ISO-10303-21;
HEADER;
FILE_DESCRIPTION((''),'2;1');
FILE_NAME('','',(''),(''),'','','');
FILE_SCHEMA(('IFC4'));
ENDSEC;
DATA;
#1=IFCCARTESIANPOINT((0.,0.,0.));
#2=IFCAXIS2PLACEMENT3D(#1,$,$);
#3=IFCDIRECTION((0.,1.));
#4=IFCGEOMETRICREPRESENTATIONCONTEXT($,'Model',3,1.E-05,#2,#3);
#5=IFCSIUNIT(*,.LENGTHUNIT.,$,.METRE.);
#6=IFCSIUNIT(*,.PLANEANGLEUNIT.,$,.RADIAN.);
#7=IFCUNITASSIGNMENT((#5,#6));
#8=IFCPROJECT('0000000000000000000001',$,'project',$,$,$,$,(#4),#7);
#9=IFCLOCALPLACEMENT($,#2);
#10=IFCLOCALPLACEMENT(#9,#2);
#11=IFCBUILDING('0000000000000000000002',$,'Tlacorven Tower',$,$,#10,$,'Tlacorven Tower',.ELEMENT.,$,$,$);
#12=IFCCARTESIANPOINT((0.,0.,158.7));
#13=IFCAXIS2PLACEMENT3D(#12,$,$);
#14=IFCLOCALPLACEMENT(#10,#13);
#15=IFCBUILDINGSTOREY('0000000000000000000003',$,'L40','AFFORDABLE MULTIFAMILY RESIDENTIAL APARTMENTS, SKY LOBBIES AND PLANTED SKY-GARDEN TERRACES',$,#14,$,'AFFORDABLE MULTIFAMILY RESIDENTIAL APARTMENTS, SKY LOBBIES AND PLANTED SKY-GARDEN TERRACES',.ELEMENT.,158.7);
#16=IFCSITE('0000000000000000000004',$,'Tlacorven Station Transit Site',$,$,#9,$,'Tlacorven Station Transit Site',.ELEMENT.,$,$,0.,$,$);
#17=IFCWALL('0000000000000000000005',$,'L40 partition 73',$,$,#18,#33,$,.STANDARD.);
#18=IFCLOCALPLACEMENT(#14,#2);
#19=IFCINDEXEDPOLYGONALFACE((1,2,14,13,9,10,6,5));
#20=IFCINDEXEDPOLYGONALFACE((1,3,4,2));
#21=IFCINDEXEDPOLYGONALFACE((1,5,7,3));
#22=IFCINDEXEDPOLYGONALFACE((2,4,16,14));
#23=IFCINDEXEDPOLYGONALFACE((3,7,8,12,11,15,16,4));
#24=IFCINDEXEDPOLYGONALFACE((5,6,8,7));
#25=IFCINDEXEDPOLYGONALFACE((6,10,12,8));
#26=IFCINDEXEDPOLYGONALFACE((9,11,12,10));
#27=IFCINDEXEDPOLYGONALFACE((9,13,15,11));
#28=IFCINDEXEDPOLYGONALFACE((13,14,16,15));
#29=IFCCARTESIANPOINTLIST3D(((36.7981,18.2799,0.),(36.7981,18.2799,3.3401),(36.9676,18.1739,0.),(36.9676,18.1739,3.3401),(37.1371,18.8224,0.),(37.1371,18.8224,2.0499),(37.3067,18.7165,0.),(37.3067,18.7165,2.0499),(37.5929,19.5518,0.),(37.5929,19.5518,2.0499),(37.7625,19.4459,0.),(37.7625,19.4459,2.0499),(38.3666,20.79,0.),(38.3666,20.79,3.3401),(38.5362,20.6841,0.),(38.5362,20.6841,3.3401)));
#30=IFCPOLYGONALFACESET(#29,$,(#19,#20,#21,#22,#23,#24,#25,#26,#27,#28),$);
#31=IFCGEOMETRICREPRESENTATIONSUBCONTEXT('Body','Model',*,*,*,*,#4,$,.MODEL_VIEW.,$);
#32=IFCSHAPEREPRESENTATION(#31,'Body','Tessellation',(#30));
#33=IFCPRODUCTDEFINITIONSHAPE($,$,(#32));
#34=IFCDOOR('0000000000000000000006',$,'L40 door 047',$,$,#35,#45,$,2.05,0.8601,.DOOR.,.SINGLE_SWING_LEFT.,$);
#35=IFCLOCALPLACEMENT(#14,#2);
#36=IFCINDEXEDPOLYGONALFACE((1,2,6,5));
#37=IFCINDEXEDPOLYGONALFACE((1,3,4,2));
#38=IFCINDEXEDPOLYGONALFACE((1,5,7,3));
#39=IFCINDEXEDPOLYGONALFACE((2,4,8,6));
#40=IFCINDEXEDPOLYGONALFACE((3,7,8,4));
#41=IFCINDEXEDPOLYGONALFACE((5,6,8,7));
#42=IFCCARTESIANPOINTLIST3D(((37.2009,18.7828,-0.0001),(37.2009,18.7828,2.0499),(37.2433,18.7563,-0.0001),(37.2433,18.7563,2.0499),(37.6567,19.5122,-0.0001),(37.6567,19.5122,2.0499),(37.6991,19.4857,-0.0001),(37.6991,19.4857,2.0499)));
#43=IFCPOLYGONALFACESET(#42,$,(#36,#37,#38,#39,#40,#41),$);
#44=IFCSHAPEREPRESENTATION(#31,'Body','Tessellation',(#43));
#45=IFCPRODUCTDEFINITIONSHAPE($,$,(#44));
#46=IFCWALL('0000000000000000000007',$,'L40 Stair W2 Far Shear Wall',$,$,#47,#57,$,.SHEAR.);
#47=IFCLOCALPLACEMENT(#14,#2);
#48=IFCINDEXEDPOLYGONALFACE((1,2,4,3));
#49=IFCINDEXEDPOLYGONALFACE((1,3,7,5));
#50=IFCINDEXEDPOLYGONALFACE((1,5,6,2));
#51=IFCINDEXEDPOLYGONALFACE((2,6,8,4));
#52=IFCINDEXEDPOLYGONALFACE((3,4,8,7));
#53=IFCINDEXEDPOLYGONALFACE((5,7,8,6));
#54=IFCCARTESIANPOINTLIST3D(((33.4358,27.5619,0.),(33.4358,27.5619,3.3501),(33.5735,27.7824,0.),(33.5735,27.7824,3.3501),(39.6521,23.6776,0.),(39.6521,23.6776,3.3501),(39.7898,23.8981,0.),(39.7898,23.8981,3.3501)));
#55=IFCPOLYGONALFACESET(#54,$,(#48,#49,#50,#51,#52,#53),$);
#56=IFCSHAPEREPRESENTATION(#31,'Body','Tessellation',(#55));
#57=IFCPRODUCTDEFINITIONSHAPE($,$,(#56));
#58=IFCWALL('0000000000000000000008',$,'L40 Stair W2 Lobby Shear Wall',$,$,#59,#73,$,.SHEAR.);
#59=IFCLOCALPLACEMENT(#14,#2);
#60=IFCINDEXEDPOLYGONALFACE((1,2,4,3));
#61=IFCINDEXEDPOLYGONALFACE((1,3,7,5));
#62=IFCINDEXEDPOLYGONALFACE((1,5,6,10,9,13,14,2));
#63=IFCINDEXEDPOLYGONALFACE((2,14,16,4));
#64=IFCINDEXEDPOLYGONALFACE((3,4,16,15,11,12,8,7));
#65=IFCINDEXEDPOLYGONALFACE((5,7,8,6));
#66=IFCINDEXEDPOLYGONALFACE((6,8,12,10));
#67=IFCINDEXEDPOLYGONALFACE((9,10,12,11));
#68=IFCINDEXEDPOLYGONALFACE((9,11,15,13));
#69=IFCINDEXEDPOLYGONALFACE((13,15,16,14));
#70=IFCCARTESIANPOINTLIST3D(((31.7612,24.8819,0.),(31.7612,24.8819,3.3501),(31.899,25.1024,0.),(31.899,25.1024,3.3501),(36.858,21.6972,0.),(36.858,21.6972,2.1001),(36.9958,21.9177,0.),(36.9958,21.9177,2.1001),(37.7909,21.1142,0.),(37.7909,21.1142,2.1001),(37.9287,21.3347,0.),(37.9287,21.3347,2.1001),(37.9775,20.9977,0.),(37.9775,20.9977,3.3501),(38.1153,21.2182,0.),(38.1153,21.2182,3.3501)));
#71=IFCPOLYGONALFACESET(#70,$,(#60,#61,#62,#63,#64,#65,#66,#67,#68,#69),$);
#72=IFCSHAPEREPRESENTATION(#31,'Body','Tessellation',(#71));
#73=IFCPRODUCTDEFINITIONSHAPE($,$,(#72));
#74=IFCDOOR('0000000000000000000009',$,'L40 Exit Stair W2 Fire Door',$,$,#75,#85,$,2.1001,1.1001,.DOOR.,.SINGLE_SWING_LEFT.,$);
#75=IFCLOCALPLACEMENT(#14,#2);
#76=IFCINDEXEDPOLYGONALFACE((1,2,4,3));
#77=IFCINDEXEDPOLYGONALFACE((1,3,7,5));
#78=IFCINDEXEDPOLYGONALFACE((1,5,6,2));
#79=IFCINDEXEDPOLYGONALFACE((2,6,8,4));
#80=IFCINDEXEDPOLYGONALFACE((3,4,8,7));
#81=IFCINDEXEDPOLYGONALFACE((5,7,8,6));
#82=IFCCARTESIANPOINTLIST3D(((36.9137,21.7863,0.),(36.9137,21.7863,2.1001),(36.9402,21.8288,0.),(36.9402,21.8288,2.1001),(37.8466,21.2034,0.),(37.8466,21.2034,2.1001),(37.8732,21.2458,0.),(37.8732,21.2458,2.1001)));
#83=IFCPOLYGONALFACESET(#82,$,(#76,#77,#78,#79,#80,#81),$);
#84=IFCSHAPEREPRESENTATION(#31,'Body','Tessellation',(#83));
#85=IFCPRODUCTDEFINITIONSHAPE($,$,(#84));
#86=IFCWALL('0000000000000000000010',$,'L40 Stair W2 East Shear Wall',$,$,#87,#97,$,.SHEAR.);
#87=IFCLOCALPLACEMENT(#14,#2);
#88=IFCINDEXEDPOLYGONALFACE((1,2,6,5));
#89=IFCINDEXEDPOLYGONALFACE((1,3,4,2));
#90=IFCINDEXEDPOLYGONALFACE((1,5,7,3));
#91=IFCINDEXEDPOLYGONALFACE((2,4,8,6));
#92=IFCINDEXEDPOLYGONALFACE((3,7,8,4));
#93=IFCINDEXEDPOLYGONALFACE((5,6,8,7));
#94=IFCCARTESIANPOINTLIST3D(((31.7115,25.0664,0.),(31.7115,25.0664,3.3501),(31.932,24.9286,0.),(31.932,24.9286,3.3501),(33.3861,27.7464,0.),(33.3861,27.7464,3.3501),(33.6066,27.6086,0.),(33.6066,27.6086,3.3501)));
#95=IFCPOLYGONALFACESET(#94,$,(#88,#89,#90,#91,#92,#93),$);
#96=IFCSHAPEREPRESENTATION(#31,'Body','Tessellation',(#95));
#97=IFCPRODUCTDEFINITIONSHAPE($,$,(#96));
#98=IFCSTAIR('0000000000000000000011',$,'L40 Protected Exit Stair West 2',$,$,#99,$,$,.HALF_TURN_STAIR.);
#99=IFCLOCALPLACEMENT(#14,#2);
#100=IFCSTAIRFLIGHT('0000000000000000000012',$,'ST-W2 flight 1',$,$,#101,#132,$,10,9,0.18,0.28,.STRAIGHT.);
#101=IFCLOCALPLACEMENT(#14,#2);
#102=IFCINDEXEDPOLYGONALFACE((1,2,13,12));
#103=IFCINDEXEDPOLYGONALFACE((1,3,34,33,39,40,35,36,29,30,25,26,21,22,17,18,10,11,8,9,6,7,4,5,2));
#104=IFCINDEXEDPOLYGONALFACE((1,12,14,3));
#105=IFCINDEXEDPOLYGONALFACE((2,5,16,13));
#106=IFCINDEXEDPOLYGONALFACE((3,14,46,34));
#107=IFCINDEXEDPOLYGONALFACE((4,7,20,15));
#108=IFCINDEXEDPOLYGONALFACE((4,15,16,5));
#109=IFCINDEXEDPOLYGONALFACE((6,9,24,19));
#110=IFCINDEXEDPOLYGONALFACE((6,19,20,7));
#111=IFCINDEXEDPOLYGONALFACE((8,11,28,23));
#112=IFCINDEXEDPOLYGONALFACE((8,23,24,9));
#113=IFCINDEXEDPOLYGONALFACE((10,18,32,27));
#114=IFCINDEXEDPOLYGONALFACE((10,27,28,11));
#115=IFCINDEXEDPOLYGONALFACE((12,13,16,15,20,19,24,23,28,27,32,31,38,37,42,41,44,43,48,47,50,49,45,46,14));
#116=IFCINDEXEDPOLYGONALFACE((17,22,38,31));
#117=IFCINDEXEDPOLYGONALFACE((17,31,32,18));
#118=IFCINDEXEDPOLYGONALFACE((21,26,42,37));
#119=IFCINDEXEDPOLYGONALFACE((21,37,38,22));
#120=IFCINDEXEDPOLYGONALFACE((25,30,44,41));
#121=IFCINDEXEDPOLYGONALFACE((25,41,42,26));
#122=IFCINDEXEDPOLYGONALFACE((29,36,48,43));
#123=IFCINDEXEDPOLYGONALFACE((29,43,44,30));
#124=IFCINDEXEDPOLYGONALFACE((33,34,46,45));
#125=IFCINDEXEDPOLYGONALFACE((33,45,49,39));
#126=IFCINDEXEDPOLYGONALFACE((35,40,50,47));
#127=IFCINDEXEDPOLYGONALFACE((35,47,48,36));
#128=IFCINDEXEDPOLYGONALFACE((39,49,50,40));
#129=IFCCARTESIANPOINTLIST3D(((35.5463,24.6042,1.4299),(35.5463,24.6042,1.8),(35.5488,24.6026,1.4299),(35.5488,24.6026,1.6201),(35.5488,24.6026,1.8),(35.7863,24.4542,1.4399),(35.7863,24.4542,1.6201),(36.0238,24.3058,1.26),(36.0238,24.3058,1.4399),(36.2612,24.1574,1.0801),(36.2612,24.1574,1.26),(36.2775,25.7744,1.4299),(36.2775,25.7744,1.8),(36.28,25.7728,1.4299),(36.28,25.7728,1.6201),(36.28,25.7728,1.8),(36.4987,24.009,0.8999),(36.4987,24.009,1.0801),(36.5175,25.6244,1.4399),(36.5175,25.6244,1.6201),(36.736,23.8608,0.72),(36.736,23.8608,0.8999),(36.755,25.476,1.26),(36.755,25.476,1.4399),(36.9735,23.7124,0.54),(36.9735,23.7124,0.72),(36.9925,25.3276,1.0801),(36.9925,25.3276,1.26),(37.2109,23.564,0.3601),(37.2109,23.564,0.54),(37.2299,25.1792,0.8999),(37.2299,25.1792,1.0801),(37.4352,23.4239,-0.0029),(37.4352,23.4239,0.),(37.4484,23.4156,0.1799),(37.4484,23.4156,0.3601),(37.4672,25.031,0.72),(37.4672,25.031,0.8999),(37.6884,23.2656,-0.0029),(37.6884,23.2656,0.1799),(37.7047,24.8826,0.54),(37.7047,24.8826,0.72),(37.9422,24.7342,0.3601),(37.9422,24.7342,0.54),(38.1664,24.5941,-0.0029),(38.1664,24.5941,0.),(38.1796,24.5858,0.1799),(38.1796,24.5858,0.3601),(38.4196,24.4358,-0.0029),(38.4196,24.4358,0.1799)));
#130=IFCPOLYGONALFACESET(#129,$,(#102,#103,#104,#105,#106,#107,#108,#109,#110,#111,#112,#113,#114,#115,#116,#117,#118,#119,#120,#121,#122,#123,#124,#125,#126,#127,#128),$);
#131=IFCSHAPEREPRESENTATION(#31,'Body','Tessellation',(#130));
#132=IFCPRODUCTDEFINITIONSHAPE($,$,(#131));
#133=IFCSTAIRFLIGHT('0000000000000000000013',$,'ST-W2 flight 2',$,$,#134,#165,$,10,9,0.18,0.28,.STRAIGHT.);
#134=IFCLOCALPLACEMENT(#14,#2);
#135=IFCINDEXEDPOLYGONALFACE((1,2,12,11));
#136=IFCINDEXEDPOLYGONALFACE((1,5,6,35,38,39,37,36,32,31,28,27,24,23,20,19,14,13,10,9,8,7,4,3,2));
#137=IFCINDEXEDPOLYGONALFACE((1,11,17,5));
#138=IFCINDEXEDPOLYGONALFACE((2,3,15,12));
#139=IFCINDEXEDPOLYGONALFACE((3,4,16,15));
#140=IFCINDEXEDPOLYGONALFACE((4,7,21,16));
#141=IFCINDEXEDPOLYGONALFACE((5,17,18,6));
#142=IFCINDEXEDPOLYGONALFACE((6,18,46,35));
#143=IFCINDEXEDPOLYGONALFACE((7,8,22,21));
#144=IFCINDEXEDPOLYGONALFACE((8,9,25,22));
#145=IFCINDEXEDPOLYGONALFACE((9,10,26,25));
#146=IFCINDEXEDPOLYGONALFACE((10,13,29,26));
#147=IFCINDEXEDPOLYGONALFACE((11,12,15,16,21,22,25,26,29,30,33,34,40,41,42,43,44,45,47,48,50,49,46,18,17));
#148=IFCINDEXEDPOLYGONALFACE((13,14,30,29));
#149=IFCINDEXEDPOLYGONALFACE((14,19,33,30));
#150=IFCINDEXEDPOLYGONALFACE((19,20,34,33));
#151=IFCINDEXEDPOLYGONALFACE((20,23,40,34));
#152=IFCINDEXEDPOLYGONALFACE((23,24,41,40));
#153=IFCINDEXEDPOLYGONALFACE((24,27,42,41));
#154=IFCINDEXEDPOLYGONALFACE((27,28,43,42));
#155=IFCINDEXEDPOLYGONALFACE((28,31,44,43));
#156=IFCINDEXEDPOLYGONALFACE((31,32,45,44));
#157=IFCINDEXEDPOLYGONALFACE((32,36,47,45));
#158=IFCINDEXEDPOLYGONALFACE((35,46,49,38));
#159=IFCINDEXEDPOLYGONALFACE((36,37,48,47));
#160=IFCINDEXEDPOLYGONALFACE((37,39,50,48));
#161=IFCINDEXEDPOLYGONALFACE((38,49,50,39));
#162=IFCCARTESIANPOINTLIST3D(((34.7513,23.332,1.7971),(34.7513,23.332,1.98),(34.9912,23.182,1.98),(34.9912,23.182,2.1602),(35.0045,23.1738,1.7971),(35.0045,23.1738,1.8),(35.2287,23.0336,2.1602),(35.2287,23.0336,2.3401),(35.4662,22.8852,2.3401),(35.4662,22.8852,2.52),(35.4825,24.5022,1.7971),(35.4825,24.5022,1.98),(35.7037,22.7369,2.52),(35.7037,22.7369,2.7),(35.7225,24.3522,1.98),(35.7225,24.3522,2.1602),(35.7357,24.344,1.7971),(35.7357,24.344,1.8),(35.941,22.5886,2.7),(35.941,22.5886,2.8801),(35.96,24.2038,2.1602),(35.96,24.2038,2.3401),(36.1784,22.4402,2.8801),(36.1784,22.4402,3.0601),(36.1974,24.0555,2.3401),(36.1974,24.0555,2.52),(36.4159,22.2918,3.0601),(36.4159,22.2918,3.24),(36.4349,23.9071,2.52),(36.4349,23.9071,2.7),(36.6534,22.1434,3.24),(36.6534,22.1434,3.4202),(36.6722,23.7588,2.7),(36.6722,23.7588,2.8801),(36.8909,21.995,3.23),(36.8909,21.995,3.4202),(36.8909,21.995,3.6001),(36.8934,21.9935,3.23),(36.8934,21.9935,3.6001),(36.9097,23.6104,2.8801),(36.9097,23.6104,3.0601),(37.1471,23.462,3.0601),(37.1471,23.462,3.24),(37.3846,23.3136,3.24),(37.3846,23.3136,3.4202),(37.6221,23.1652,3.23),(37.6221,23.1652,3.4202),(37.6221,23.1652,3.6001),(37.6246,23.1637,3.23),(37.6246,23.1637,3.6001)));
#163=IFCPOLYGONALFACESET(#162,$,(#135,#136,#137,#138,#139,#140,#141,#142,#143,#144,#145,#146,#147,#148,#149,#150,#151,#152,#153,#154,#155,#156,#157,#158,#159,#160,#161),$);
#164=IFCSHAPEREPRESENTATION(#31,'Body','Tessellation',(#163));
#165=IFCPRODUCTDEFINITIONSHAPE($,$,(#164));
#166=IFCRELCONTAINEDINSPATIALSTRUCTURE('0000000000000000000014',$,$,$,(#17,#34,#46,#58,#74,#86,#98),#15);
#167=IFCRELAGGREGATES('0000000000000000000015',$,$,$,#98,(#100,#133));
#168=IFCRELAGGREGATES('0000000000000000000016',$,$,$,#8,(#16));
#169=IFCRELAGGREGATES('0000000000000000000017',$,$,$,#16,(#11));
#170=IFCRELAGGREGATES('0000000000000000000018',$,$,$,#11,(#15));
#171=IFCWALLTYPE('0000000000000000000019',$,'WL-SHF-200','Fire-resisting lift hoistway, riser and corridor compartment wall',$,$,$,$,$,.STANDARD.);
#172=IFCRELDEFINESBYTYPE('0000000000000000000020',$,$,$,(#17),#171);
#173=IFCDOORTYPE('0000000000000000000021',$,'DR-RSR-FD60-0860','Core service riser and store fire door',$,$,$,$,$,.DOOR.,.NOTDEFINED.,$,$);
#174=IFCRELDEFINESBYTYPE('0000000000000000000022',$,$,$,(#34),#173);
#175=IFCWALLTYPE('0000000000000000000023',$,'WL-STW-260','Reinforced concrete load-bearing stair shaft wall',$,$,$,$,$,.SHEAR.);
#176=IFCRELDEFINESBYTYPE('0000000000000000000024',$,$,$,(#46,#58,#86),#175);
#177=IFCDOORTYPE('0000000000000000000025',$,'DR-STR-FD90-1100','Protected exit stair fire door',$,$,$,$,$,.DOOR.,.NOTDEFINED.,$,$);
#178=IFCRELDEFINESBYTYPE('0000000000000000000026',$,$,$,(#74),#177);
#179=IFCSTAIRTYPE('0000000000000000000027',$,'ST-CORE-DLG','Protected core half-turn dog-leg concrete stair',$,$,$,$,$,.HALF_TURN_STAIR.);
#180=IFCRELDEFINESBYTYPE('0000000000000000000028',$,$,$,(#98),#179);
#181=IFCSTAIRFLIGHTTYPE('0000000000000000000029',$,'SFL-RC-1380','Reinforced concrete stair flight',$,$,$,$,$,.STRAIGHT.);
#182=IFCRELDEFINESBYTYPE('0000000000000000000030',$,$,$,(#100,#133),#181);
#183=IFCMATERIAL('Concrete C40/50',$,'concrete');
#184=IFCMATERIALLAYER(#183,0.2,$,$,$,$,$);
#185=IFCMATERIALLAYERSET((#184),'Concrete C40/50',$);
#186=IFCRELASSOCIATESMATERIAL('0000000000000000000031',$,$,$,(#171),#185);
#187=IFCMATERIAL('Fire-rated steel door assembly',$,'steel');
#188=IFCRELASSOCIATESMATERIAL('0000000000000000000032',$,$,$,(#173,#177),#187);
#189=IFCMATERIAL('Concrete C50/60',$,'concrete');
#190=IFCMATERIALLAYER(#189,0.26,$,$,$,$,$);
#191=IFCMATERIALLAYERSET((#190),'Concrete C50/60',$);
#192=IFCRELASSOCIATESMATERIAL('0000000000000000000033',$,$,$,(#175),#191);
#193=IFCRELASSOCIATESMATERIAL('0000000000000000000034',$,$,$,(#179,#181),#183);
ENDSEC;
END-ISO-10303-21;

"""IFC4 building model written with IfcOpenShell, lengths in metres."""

from ifc_helpers import new_model, si_unit, direction, frame, frame_2d, origin, place, context, subcontext, project, spatial, polyline, rectangle, outline, extrude, source, transform, mapped, material, layer, layer_set, type_object, element, fill, aggregate, save


model = new_model("IFC4")

# Units and contexts
model_context = context("Model", 3, precision=1e-05, world=origin(), true_north=direction((0.0, 1.0)))
body_context = subcontext(model_context, "Body", "Model", "MODEL_VIEW")
ifc_project = project(units=[si_unit("LENGTHUNIT", "METRE"), si_unit("PLANEANGLEUNIT", "RADIAN")], contexts=[model_context])

# Site, building, storey
site_placement = place(None, origin())
site = spatial("IfcSite", under=ifc_project, at=site_placement, Name="Tlacorven Station Transit Site", LongName="Tlacorven Station Transit Site", CompositionType="ELEMENT", RefElevation=0.0)
building_placement = place(site_placement, origin())
building = spatial("IfcBuilding", under=site, at=building_placement, Name="Tlacorven Tower", LongName="Tlacorven Tower", CompositionType="ELEMENT")
storey_placement = place(building_placement, frame((0.0, 0.0, 158.7)))
storey = spatial("IfcBuildingStorey", under=building, at=storey_placement, Name="L40", Description="AFFORDABLE MULTIFAMILY RESIDENTIAL APARTMENTS, SKY LOBBIES AND PLANTED SKY-GARDEN TERRACES", LongName="AFFORDABLE MULTIFAMILY RESIDENTIAL APARTMENTS, SKY LOBBIES AND PLANTED SKY-GARDEN TERRACES", CompositionType="ELEMENT", Elevation=158.7)

# Wall, opening, door
ifc_material_1 = material(Name="Concrete C40/50", Category="concrete")
ifc_layer_1 = layer(ifc_material_1, 0.2)
ifc_layer_set_1 = layer_set([ifc_layer_1], Name="Concrete C40/50")
wall_type_1 = type_object("IfcWallType", Name="WL-SHF-200", Description="Fire-resisting lift hoistway, riser and corridor compartment wall", PredefinedType="STANDARD", material=ifc_layer_set_1)
wall_1_placement = place(storey_placement, frame((38.4514, 20.7371, 0.0), z_axis=(0.0, 0.0, 1.0), x_axis=(-0.529925, -0.848045, 0.0)))
wall_1 = element("IfcWall", 1, at=wall_1_placement, inside=storey, type_object=wall_type_1, Name="L40 partition 73", PredefinedType="STANDARD", context=body_context, shape_type="SweptSolid", body=[
    extrude(rectangle(XDim=2.96, YDim=0.2, at=frame_2d((1.48, 0.0))), origin(), (0.0, 0.0, 1.0), 3.3401),
])
opening_1_placement = place(wall_1_placement, frame((1.46, 0.0, 0.0)))
opening_1 = element("IfcOpeningElement", 2, at=opening_1_placement, cuts=wall_1, PredefinedType="OPENING", context=body_context, shape_type="SweptSolid", body=[
    extrude(rectangle(XDim=0.8601, YDim=2.05, at=frame_2d((0.4302, 1.0249))), frame((0.0, 0.1099, 0.0), z_axis=(0.0, -1.0, 0.0), x_axis=(1.0, 0.0, 0.0)), (0.0, 0.0, 1.0), 0.22),
])
ifc_material_2 = material(Name="Fire-rated steel door assembly", Category="steel")
door_type_1 = type_object("IfcDoorType", Name="DR-RSR-FD60-0860", Description="Core service riser and store fire door", OperationType="NOTDEFINED", PredefinedType="DOOR", material=ifc_material_2)
shared_shape_1 = source(origin(), body_context, "Body", "SweptSolid", [
    extrude(rectangle(XDim=0.8601, YDim=2.05, at=frame_2d((0.4302, 1.0249))), frame((0.0, 0.0249, 0.0), z_axis=(0.0, -1.0, 0.0), x_axis=(1.0, 0.0, 0.0)), (0.0, 0.0, 1.0), 0.05),
])
door_1_placement = place(opening_1_placement, frame((0.8601, 0.0, 0.0), z_axis=(0.0, 0.0, 1.0), x_axis=(-1.0, 0.0, 0.0)))
door_1 = element("IfcDoor", 3, at=door_1_placement, inside=storey, type_object=door_type_1, Name="L40 door 047", OperationType="SINGLE_SWING_LEFT", OverallHeight=2.05, OverallWidth=0.8601, PredefinedType="DOOR", context=body_context, shape_type="MappedRepresentation", body=[
    mapped(shared_shape_1, transform((0.0, 0.0, 0.0), scale=1.0)),
])
fill(opening_1, door_1)

# Wall
ifc_material_3 = material(Name="Concrete C50/60", Category="concrete")
ifc_layer_2 = layer(ifc_material_3, 0.26)
ifc_layer_set_2 = layer_set([ifc_layer_2], Name="Concrete C50/60")
wall_type_2 = type_object("IfcWallType", Name="WL-STW-260", Description="Reinforced concrete load-bearing stair shaft wall", PredefinedType="SHEAR", material=ifc_layer_set_2)
wall_2_placement = place(storey_placement, frame((39.7209, 23.7878, 0.0), z_axis=(0.0, 0.0, 1.0), x_axis=(-0.848054, 0.529909, 0.0)))
element("IfcWall", 4, at=wall_2_placement, inside=storey, type_object=wall_type_2, Name="L40 Stair W2 Far Shear Wall", PredefinedType="SHEAR", context=body_context, shape_type="SweptSolid", body=[
    extrude(rectangle(XDim=7.3301, YDim=0.26, at=frame_2d((3.665, 0.0))), origin(), (0.0, 0.0, 1.0), 3.3501),
])

# Wall, opening, door
wall_3_placement = place(storey_placement, frame((38.0464, 21.1079, 0.0), z_axis=(0.0, 0.0, 1.0), x_axis=(-0.848054, 0.529909, 0.0)))
wall_3 = element("IfcWall", 5, at=wall_3_placement, inside=storey, type_object=wall_type_2, Name="L40 Stair W2 Lobby Shear Wall", PredefinedType="SHEAR", context=body_context, shape_type="SweptSolid", body=[
    extrude(rectangle(XDim=7.3301, YDim=0.26, at=frame_2d((3.665, 0.0))), origin(), (0.0, 0.0, 1.0), 3.3501),
])
opening_2_placement = place(wall_3_placement, frame((0.22, 0.0, 0.0)))
opening_2 = element("IfcOpeningElement", 6, at=opening_2_placement, cuts=wall_3, PredefinedType="OPENING", context=body_context, shape_type="SweptSolid", body=[
    extrude(rectangle(XDim=1.1001, YDim=2.1001, at=frame_2d((0.55, 1.05))), frame((0.0, 0.1401, 0.0), z_axis=(0.0, -1.0, 0.0), x_axis=(1.0, 0.0, 0.0)), (0.0, 0.0, 1.0), 0.28),
])
door_type_2 = type_object("IfcDoorType", Name="DR-STR-FD90-1100", Description="Protected exit stair fire door", OperationType="NOTDEFINED", PredefinedType="DOOR", material=ifc_material_2)
shared_shape_2 = source(origin(), body_context, "Body", "SweptSolid", [
    extrude(rectangle(XDim=1.1001, YDim=2.1001, at=frame_2d((0.55, 1.05))), frame((0.0, 0.0249, 0.0), z_axis=(0.0, -1.0, 0.0), x_axis=(1.0, 0.0, 0.0)), (0.0, 0.0, 1.0), 0.05),
])
door_2_placement = place(opening_2_placement, origin())
door_2 = element("IfcDoor", 7, at=door_2_placement, inside=storey, type_object=door_type_2, Name="L40 Exit Stair W2 Fire Door", OperationType="SINGLE_SWING_LEFT", OverallHeight=2.1001, OverallWidth=1.1001, PredefinedType="DOOR", context=body_context, shape_type="MappedRepresentation", body=[
    mapped(shared_shape_2, transform((0.0, 0.0, 0.0), scale=1.0)),
])
fill(opening_2, door_2)

# Wall
wall_4_placement = place(storey_placement, frame((33.4963, 27.6775, 0.0), z_axis=(0.0, 0.0, 1.0), x_axis=(-0.529909, -0.848055, 0.0)))
element("IfcWall", 8, at=wall_4_placement, inside=storey, type_object=wall_type_2, Name="L40 Stair W2 East Shear Wall", PredefinedType="SHEAR", context=body_context, shape_type="SweptSolid", body=[
    extrude(rectangle(XDim=3.1602, YDim=0.26, at=frame_2d((1.5801, 0.0))), origin(), (0.0, 0.0, 1.0), 3.3501),
])

# Stair, stair flights
stair_type = type_object("IfcStairType", Name="ST-CORE-DLG", Description="Protected core half-turn dog-leg concrete stair", PredefinedType="HALF_TURN_STAIR", material=ifc_material_1)
stair_placement = place(storey_placement, origin())
stair = element("IfcStair", 9, at=stair_placement, inside=storey, type_object=stair_type, Name="L40 Protected Exit Stair West 2", PredefinedType="HALF_TURN_STAIR")
stair_flight_type = type_object("IfcStairFlightType", Name="SFL-RC-1380", Description="Reinforced concrete stair flight", PredefinedType="STRAIGHT", material=ifc_material_1)
shared_shape_3 = source(origin(), body_context, "Body", "SweptSolid", [
    extrude(outline(polyline([(-0.0029, -0.0029), (-0.0029, 0.1799), (0.28, 0.1799), (0.28, 0.3601), (0.5601, 0.3601), (0.5601, 0.54), (0.8401, 0.54), (0.8401, 0.72), (1.1201, 0.72), (1.1201, 0.8999), (1.3999, 0.8999), (1.3999, 1.0801), (1.6799, 1.0801), (1.6799, 1.26), (1.96, 1.26), (1.96, 1.4399), (2.24, 1.4399), (2.24, 1.6201), (2.52, 1.6201), (2.52, 1.8), (2.5229, 1.8), (2.5229, 1.4299), (2.52, 1.4299), (0.2957, 0.0), (0.2957, -0.0029), (-0.0029, -0.0029)])), frame((0.0, 0.6899, 0.0), z_axis=(0.0, -1.0, 0.0), x_axis=(1.0, 0.0, 0.0)), (0.0, 0.0, 1.0), 1.3799),
])
stair_flight_1_placement = place(storey_placement, frame((38.0515, 23.8523, 0.0), z_axis=(0.0, 0.0, 1.0), x_axis=(-0.848048, 0.529919, 0.0)))
stair_flight_1 = element("IfcStairFlight", 10, at=stair_flight_1_placement, type_object=stair_flight_type, Name="ST-W2 flight 1", NumberOfRisers=10, NumberOfTreads=9, PredefinedType="STRAIGHT", RiserHeight=0.18, TreadLength=0.28, context=body_context, shape_type="MappedRepresentation", body=[
    mapped(shared_shape_3, transform((0.0, 0.0, 0.0), scale=1.0)),
])
stair_flight_2_placement = place(storey_placement, frame((35.1194, 23.9155, 1.8), z_axis=(0.0, 0.0, 1.0), x_axis=(0.848048, -0.529919, 0.0)))
stair_flight_2 = element("IfcStairFlight", 11, at=stair_flight_2_placement, type_object=stair_flight_type, Name="ST-W2 flight 2", NumberOfRisers=10, NumberOfTreads=9, PredefinedType="STRAIGHT", RiserHeight=0.18, TreadLength=0.28, context=body_context, shape_type="MappedRepresentation", body=[
    mapped(shared_shape_3, transform((0.0, 0.0, 0.0), scale=1.0)),
])
aggregate(stair, [stair_flight_1, stair_flight_2])

save(model, "model.ifc")
